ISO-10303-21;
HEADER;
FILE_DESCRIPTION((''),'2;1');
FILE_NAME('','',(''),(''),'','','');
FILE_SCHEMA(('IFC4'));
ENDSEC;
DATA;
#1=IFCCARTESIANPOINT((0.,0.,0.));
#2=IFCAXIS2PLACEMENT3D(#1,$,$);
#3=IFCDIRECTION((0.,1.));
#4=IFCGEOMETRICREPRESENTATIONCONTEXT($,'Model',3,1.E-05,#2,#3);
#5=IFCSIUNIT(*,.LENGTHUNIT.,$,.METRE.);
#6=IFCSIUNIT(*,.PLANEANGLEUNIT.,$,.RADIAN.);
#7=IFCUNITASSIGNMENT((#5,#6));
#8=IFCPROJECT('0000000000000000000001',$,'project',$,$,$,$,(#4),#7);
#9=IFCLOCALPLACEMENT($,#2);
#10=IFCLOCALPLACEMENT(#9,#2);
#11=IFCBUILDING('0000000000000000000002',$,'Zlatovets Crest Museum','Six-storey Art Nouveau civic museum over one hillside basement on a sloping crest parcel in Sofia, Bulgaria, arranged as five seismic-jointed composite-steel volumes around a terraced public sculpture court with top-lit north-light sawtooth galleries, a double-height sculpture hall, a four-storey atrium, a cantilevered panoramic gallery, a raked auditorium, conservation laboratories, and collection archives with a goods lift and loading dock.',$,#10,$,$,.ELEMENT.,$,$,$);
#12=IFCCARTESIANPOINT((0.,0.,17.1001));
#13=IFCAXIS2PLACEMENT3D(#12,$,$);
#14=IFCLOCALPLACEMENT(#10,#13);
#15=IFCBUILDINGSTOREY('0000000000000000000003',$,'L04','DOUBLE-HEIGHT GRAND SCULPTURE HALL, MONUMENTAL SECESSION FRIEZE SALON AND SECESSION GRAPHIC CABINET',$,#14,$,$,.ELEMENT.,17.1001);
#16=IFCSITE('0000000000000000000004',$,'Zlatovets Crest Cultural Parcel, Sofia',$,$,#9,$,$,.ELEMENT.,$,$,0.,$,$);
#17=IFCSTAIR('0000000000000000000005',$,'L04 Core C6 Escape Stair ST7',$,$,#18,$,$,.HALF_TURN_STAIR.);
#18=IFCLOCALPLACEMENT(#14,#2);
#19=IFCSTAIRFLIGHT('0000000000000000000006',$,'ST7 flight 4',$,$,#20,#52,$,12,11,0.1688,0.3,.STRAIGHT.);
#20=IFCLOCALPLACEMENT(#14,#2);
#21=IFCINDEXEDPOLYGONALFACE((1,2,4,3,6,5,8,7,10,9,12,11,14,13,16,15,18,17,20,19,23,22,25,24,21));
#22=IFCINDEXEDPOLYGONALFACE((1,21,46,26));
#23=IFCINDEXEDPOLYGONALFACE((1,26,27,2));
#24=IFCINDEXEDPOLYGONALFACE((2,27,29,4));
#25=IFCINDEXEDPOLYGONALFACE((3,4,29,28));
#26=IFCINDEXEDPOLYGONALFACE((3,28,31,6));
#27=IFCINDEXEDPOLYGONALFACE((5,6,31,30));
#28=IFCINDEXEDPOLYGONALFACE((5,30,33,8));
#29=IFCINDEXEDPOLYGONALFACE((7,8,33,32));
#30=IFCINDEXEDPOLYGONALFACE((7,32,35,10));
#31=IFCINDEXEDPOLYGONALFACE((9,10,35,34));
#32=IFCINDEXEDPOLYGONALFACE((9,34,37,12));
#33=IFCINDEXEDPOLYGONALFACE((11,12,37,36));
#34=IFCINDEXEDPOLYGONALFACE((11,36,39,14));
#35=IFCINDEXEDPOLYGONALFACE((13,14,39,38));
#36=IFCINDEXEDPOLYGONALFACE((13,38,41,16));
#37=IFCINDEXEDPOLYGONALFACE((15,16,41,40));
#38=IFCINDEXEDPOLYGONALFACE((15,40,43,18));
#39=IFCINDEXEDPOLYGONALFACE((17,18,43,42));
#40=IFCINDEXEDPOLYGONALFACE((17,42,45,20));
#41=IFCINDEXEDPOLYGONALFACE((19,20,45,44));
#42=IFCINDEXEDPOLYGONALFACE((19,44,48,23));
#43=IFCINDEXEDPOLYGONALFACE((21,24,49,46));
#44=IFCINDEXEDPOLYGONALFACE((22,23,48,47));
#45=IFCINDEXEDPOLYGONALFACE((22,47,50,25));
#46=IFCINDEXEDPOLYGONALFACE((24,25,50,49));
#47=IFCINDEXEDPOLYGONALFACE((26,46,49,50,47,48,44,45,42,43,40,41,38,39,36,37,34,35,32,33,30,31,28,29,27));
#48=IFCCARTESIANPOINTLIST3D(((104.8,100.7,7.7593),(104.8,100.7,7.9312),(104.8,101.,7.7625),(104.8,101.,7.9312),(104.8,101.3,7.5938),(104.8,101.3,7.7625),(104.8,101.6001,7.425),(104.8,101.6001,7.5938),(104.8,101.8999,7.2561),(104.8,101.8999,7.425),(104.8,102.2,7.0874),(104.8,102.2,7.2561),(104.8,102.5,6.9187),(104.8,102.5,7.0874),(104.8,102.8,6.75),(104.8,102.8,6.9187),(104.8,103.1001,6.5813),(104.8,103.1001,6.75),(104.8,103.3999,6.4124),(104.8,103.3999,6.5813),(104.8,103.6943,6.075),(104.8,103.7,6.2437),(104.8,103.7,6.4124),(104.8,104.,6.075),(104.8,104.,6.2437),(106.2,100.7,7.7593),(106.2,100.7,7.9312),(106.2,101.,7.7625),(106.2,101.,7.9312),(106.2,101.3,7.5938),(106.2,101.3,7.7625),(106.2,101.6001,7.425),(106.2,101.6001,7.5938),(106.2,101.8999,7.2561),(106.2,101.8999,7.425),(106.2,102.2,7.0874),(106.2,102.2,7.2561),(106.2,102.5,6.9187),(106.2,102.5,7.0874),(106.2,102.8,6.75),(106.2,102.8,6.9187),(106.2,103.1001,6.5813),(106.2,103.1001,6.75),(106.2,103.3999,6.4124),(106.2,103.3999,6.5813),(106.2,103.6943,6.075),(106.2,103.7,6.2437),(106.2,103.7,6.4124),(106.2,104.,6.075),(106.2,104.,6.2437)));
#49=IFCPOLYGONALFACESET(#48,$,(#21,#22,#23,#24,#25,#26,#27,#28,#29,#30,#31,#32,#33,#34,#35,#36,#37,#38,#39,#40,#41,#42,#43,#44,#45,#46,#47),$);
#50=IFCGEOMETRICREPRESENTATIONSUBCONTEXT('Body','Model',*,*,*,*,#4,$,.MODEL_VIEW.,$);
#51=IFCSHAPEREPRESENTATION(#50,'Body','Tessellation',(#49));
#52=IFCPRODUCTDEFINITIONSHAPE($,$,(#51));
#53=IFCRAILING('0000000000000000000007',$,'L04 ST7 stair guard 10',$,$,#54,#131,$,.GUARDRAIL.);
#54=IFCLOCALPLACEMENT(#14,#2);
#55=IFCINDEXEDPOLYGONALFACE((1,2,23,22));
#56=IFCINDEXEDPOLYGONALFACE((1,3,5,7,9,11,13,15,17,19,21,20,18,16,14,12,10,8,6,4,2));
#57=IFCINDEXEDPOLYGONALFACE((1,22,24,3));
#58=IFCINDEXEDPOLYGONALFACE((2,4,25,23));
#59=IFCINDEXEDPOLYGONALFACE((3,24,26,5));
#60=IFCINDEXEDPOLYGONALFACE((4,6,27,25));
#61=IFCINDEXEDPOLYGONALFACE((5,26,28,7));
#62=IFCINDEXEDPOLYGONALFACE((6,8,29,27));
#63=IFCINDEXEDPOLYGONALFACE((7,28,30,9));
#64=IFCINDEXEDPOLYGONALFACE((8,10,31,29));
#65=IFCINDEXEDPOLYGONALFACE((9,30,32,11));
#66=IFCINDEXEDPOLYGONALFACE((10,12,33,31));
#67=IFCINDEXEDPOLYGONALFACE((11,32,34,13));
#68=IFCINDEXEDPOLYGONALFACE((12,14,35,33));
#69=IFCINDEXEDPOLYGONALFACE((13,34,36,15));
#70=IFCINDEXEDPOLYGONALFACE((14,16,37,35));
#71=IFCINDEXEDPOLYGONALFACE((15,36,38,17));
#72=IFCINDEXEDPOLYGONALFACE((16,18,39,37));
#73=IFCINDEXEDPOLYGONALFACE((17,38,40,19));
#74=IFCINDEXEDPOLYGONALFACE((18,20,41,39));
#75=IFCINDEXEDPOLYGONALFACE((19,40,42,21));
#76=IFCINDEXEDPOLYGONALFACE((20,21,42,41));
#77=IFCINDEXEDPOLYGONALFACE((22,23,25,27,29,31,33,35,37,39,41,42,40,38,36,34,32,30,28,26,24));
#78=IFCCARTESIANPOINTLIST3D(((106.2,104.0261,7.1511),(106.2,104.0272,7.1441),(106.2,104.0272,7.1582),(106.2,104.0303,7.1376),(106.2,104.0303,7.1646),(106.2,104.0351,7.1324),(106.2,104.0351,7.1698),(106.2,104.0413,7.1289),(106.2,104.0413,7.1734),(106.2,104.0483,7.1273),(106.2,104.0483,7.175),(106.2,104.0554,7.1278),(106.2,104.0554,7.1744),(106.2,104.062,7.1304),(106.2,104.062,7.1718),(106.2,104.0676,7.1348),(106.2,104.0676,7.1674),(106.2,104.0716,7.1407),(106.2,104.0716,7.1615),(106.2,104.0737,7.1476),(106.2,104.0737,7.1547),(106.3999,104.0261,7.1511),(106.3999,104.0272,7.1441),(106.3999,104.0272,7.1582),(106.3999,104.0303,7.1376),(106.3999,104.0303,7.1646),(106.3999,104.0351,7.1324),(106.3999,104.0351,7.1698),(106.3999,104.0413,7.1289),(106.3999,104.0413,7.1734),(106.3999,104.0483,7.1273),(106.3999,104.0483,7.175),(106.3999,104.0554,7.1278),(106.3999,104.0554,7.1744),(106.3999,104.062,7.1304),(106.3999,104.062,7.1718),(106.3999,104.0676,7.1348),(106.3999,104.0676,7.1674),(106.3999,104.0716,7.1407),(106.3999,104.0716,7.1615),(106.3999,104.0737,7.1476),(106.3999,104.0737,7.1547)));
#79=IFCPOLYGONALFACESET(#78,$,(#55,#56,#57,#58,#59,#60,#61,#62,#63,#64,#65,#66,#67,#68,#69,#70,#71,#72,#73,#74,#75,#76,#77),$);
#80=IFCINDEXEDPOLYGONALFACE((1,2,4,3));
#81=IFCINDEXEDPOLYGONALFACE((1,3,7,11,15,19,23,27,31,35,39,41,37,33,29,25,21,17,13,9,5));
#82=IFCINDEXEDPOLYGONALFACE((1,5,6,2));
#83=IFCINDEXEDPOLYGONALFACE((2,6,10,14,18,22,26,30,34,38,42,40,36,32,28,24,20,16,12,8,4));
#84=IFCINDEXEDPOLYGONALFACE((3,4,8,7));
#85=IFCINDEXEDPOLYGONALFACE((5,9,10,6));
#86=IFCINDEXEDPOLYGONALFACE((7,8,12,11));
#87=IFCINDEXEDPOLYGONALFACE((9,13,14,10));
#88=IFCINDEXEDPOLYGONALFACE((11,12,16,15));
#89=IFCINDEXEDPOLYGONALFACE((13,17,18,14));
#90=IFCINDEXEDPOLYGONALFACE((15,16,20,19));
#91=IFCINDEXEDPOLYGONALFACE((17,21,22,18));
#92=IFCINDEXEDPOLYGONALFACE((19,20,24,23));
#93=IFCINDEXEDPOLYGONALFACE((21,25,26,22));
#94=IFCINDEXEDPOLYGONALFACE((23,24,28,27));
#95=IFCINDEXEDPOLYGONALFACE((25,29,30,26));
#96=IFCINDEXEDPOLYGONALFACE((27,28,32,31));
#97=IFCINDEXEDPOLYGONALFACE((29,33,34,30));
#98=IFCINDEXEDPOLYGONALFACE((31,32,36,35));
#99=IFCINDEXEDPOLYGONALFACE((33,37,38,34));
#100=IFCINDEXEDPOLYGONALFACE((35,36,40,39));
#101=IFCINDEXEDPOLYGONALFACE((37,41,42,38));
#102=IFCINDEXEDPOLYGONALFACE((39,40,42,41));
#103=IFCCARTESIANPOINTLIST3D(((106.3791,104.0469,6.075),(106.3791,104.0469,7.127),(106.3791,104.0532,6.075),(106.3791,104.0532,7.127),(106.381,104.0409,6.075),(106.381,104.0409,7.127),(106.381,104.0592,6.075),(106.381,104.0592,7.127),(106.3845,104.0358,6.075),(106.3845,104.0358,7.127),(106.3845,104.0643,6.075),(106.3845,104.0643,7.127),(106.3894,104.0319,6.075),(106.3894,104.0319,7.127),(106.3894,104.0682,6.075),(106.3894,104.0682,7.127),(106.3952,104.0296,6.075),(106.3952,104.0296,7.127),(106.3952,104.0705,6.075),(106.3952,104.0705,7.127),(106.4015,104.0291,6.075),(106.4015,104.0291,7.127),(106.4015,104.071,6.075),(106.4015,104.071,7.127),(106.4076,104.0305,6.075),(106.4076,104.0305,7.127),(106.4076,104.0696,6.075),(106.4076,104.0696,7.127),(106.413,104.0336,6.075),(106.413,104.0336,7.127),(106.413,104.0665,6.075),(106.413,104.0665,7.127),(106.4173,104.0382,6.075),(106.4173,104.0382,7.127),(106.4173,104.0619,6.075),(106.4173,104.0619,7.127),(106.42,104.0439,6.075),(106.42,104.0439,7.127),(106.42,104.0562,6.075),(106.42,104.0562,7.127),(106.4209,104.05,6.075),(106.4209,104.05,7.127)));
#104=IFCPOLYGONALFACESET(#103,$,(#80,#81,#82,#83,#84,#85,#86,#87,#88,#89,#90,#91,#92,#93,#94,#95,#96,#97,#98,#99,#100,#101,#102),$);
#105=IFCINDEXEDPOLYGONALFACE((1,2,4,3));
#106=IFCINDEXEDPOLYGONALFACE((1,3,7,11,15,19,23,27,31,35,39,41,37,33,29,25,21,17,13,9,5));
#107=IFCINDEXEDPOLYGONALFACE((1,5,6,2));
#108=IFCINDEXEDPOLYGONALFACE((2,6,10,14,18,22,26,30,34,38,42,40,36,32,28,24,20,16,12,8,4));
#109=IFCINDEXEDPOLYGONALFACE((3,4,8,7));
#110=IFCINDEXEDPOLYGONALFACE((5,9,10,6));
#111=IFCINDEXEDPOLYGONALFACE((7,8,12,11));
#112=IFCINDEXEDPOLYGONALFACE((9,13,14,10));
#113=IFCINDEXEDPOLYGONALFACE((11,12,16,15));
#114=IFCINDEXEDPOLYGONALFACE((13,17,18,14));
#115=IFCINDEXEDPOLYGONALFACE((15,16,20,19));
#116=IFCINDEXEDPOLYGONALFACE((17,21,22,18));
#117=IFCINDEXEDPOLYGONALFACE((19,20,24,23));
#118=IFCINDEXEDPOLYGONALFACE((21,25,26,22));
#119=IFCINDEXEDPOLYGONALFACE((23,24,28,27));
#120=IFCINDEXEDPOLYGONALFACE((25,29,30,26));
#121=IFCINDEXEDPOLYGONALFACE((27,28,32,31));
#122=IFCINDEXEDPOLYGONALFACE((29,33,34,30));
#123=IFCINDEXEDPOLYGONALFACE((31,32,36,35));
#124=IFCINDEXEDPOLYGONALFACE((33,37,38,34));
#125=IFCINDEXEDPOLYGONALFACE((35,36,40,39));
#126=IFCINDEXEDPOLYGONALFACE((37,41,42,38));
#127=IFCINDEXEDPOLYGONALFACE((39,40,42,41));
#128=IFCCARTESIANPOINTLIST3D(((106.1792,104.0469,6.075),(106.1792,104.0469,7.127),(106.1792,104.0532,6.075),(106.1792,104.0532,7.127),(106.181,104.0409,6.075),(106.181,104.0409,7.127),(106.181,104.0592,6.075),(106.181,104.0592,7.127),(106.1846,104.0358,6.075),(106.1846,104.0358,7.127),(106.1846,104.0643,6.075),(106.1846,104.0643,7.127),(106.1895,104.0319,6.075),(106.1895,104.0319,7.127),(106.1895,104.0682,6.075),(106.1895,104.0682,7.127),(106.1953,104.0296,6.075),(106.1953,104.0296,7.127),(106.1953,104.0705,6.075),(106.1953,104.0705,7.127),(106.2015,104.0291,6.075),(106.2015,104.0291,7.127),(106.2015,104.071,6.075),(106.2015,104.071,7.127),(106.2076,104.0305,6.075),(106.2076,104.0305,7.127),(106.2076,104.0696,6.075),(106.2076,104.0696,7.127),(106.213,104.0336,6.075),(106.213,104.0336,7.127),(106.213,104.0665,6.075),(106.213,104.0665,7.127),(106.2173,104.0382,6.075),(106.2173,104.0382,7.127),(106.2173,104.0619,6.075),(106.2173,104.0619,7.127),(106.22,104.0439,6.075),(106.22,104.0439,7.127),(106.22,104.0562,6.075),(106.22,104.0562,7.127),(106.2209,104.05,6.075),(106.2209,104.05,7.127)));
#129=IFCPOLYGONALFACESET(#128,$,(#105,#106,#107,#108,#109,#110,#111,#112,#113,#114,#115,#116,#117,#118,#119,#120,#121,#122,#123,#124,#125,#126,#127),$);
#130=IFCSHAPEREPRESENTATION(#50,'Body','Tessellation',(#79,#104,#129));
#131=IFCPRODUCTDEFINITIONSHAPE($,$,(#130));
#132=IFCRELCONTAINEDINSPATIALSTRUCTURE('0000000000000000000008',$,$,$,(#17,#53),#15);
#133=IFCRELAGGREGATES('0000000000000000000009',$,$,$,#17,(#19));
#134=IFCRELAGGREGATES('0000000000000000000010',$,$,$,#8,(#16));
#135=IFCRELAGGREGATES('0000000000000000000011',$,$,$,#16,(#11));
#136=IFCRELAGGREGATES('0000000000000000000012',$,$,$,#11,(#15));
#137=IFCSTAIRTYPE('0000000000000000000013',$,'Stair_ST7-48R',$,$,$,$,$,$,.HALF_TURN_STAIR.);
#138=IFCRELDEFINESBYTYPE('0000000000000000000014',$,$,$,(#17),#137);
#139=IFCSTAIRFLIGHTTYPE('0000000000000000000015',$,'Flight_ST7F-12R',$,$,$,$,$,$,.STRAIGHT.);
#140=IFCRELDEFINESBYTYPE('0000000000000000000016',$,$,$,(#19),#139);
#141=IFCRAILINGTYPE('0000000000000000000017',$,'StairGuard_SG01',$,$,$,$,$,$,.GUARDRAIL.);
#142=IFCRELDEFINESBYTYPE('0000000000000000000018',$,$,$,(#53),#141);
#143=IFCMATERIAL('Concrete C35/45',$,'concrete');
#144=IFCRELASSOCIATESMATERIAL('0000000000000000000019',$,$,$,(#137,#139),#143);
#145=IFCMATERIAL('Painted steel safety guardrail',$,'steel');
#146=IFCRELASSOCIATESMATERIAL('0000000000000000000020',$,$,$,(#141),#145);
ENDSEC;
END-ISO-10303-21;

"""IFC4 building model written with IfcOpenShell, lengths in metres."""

from ifc_helpers import new_model, si_unit, direction, frame, origin, origin_2d, place, context, subcontext, project, spatial, polyline, circle, outline, extrude, material, type_object, element, aggregate, save


model = new_model("IFC4")

# Units and contexts
model_context = context("Model", 3, precision=1e-05, world=origin(), true_north=direction((0.0, 1.0)))
body_context = subcontext(model_context, "Body", "Model", "MODEL_VIEW")
ifc_project = project(units=[si_unit("LENGTHUNIT", "METRE"), si_unit("PLANEANGLEUNIT", "RADIAN")], contexts=[model_context])

# Site, building, storey
site_placement = place(None, origin())
site = spatial("IfcSite", under=ifc_project, at=site_placement, Name="Zlatovets Crest Cultural Parcel, Sofia", CompositionType="ELEMENT", RefElevation=0.0)
building_placement = place(site_placement, origin())
building = spatial("IfcBuilding", under=site, at=building_placement, Name="Zlatovets Crest Museum", Description="Six-storey Art Nouveau civic museum over one hillside basement on a sloping crest parcel in Sofia, Bulgaria, arranged as five seismic-jointed composite-steel volumes around a terraced public sculpture court with top-lit north-light sawtooth galleries, a double-height sculpture hall, a four-storey atrium, a cantilevered panoramic gallery, a raked auditorium, conservation laboratories, and collection archives with a goods lift and loading dock.", CompositionType="ELEMENT")
storey_placement = place(building_placement, frame((0.0, 0.0, 17.1001)))
storey = spatial("IfcBuildingStorey", under=building, at=storey_placement, Name="L04", Description="DOUBLE-HEIGHT GRAND SCULPTURE HALL, MONUMENTAL SECESSION FRIEZE SALON AND SECESSION GRAPHIC CABINET", CompositionType="ELEMENT", Elevation=17.1001)

# Stair, stair flight
ifc_material_1 = material(Name="Concrete C35/45", Category="concrete")
stair_type = type_object("IfcStairType", Name="Stair_ST7-48R", PredefinedType="HALF_TURN_STAIR", material=ifc_material_1)
stair_placement = place(storey_placement, origin())
stair = element("IfcStair", 1, at=stair_placement, inside=storey, type_object=stair_type, Name="L04 Core C6 Escape Stair ST7", PredefinedType="HALF_TURN_STAIR")
stair_flight_type = type_object("IfcStairFlightType", Name="Flight_ST7F-12R", PredefinedType="STRAIGHT", material=ifc_material_1)
stair_flight_placement = place(storey_placement, frame((105.5, 104.0, 6.075), z_axis=(0.0, 0.0, 1.0), x_axis=(0.0, -1.0, 0.0)))
stair_flight = element("IfcStairFlight", 2, at=stair_flight_placement, type_object=stair_flight_type, Name="ST7 flight 4", NumberOfRisers=12, NumberOfTreads=11, PredefinedType="STRAIGHT", RiserHeight=0.1688, TreadLength=0.3, context=body_context, shape_type="SweptSolid", body=[
    extrude(outline(polyline([(0.0, 0.0), (0.0, 0.1687), (0.3, 0.1687), (0.3, 0.3374), (0.6001, 0.3374), (0.6001, 0.5063), (0.8999, 0.5063), (0.8999, 0.675), (1.2, 0.675), (1.2, 0.8438), (1.5, 0.8438), (1.5, 1.0125), (1.8, 1.0125), (1.8, 1.1812), (2.1001, 1.1812), (2.1001, 1.3501), (2.3999, 1.3501), (2.3999, 1.5188), (2.7, 1.5188), (2.7, 1.6875), (3.0, 1.6875), (3.0, 1.8562), (3.3, 1.8562), (3.3, 2.0249), (3.3, 1.6843), (0.3057, 0.0), (0.0, 0.0)])), frame((0.0, 0.7, 0.0), z_axis=(0.0, -1.0, 0.0), x_axis=(1.0, 0.0, 0.0)), (0.0, 0.0, 1.0), 1.3999),
])
aggregate(stair, [stair_flight])

# Railing
ifc_material_2 = material(Name="Painted steel safety guardrail", Category="steel")
railing_type_1 = type_object("IfcRailingType", Name="StairGuard_SG01", PredefinedType="GUARDRAIL", material=ifc_material_2)
railing_1_placement = place(storey_placement, frame((106.3999, 104.05, 6.075)))
element("IfcRailing", 3, at=railing_1_placement, inside=storey, type_object=railing_type_1, Name="L04 ST7 stair guard 10", PredefinedType="GUARDRAIL", context=body_context, shape_type="SweptSolid", body=[
    extrude(circle(Radius=0.0239, at=origin_2d()), frame((0.0, 0.0, 1.0762), z_axis=(-1.0, 0.0, 0.0), x_axis=(0.0, -1.0, 0.0)), (0.0, 0.0, 1.0), 0.2),
    extrude(circle(Radius=0.021, at=origin_2d()), origin(), (0.0, 0.0, 1.0), 1.052),
    extrude(circle(Radius=0.021, at=origin_2d()), frame((-0.2, 0.0, 0.0)), (0.0, 0.0, 1.0), 1.052),
])

save(model, "model.ifc")
